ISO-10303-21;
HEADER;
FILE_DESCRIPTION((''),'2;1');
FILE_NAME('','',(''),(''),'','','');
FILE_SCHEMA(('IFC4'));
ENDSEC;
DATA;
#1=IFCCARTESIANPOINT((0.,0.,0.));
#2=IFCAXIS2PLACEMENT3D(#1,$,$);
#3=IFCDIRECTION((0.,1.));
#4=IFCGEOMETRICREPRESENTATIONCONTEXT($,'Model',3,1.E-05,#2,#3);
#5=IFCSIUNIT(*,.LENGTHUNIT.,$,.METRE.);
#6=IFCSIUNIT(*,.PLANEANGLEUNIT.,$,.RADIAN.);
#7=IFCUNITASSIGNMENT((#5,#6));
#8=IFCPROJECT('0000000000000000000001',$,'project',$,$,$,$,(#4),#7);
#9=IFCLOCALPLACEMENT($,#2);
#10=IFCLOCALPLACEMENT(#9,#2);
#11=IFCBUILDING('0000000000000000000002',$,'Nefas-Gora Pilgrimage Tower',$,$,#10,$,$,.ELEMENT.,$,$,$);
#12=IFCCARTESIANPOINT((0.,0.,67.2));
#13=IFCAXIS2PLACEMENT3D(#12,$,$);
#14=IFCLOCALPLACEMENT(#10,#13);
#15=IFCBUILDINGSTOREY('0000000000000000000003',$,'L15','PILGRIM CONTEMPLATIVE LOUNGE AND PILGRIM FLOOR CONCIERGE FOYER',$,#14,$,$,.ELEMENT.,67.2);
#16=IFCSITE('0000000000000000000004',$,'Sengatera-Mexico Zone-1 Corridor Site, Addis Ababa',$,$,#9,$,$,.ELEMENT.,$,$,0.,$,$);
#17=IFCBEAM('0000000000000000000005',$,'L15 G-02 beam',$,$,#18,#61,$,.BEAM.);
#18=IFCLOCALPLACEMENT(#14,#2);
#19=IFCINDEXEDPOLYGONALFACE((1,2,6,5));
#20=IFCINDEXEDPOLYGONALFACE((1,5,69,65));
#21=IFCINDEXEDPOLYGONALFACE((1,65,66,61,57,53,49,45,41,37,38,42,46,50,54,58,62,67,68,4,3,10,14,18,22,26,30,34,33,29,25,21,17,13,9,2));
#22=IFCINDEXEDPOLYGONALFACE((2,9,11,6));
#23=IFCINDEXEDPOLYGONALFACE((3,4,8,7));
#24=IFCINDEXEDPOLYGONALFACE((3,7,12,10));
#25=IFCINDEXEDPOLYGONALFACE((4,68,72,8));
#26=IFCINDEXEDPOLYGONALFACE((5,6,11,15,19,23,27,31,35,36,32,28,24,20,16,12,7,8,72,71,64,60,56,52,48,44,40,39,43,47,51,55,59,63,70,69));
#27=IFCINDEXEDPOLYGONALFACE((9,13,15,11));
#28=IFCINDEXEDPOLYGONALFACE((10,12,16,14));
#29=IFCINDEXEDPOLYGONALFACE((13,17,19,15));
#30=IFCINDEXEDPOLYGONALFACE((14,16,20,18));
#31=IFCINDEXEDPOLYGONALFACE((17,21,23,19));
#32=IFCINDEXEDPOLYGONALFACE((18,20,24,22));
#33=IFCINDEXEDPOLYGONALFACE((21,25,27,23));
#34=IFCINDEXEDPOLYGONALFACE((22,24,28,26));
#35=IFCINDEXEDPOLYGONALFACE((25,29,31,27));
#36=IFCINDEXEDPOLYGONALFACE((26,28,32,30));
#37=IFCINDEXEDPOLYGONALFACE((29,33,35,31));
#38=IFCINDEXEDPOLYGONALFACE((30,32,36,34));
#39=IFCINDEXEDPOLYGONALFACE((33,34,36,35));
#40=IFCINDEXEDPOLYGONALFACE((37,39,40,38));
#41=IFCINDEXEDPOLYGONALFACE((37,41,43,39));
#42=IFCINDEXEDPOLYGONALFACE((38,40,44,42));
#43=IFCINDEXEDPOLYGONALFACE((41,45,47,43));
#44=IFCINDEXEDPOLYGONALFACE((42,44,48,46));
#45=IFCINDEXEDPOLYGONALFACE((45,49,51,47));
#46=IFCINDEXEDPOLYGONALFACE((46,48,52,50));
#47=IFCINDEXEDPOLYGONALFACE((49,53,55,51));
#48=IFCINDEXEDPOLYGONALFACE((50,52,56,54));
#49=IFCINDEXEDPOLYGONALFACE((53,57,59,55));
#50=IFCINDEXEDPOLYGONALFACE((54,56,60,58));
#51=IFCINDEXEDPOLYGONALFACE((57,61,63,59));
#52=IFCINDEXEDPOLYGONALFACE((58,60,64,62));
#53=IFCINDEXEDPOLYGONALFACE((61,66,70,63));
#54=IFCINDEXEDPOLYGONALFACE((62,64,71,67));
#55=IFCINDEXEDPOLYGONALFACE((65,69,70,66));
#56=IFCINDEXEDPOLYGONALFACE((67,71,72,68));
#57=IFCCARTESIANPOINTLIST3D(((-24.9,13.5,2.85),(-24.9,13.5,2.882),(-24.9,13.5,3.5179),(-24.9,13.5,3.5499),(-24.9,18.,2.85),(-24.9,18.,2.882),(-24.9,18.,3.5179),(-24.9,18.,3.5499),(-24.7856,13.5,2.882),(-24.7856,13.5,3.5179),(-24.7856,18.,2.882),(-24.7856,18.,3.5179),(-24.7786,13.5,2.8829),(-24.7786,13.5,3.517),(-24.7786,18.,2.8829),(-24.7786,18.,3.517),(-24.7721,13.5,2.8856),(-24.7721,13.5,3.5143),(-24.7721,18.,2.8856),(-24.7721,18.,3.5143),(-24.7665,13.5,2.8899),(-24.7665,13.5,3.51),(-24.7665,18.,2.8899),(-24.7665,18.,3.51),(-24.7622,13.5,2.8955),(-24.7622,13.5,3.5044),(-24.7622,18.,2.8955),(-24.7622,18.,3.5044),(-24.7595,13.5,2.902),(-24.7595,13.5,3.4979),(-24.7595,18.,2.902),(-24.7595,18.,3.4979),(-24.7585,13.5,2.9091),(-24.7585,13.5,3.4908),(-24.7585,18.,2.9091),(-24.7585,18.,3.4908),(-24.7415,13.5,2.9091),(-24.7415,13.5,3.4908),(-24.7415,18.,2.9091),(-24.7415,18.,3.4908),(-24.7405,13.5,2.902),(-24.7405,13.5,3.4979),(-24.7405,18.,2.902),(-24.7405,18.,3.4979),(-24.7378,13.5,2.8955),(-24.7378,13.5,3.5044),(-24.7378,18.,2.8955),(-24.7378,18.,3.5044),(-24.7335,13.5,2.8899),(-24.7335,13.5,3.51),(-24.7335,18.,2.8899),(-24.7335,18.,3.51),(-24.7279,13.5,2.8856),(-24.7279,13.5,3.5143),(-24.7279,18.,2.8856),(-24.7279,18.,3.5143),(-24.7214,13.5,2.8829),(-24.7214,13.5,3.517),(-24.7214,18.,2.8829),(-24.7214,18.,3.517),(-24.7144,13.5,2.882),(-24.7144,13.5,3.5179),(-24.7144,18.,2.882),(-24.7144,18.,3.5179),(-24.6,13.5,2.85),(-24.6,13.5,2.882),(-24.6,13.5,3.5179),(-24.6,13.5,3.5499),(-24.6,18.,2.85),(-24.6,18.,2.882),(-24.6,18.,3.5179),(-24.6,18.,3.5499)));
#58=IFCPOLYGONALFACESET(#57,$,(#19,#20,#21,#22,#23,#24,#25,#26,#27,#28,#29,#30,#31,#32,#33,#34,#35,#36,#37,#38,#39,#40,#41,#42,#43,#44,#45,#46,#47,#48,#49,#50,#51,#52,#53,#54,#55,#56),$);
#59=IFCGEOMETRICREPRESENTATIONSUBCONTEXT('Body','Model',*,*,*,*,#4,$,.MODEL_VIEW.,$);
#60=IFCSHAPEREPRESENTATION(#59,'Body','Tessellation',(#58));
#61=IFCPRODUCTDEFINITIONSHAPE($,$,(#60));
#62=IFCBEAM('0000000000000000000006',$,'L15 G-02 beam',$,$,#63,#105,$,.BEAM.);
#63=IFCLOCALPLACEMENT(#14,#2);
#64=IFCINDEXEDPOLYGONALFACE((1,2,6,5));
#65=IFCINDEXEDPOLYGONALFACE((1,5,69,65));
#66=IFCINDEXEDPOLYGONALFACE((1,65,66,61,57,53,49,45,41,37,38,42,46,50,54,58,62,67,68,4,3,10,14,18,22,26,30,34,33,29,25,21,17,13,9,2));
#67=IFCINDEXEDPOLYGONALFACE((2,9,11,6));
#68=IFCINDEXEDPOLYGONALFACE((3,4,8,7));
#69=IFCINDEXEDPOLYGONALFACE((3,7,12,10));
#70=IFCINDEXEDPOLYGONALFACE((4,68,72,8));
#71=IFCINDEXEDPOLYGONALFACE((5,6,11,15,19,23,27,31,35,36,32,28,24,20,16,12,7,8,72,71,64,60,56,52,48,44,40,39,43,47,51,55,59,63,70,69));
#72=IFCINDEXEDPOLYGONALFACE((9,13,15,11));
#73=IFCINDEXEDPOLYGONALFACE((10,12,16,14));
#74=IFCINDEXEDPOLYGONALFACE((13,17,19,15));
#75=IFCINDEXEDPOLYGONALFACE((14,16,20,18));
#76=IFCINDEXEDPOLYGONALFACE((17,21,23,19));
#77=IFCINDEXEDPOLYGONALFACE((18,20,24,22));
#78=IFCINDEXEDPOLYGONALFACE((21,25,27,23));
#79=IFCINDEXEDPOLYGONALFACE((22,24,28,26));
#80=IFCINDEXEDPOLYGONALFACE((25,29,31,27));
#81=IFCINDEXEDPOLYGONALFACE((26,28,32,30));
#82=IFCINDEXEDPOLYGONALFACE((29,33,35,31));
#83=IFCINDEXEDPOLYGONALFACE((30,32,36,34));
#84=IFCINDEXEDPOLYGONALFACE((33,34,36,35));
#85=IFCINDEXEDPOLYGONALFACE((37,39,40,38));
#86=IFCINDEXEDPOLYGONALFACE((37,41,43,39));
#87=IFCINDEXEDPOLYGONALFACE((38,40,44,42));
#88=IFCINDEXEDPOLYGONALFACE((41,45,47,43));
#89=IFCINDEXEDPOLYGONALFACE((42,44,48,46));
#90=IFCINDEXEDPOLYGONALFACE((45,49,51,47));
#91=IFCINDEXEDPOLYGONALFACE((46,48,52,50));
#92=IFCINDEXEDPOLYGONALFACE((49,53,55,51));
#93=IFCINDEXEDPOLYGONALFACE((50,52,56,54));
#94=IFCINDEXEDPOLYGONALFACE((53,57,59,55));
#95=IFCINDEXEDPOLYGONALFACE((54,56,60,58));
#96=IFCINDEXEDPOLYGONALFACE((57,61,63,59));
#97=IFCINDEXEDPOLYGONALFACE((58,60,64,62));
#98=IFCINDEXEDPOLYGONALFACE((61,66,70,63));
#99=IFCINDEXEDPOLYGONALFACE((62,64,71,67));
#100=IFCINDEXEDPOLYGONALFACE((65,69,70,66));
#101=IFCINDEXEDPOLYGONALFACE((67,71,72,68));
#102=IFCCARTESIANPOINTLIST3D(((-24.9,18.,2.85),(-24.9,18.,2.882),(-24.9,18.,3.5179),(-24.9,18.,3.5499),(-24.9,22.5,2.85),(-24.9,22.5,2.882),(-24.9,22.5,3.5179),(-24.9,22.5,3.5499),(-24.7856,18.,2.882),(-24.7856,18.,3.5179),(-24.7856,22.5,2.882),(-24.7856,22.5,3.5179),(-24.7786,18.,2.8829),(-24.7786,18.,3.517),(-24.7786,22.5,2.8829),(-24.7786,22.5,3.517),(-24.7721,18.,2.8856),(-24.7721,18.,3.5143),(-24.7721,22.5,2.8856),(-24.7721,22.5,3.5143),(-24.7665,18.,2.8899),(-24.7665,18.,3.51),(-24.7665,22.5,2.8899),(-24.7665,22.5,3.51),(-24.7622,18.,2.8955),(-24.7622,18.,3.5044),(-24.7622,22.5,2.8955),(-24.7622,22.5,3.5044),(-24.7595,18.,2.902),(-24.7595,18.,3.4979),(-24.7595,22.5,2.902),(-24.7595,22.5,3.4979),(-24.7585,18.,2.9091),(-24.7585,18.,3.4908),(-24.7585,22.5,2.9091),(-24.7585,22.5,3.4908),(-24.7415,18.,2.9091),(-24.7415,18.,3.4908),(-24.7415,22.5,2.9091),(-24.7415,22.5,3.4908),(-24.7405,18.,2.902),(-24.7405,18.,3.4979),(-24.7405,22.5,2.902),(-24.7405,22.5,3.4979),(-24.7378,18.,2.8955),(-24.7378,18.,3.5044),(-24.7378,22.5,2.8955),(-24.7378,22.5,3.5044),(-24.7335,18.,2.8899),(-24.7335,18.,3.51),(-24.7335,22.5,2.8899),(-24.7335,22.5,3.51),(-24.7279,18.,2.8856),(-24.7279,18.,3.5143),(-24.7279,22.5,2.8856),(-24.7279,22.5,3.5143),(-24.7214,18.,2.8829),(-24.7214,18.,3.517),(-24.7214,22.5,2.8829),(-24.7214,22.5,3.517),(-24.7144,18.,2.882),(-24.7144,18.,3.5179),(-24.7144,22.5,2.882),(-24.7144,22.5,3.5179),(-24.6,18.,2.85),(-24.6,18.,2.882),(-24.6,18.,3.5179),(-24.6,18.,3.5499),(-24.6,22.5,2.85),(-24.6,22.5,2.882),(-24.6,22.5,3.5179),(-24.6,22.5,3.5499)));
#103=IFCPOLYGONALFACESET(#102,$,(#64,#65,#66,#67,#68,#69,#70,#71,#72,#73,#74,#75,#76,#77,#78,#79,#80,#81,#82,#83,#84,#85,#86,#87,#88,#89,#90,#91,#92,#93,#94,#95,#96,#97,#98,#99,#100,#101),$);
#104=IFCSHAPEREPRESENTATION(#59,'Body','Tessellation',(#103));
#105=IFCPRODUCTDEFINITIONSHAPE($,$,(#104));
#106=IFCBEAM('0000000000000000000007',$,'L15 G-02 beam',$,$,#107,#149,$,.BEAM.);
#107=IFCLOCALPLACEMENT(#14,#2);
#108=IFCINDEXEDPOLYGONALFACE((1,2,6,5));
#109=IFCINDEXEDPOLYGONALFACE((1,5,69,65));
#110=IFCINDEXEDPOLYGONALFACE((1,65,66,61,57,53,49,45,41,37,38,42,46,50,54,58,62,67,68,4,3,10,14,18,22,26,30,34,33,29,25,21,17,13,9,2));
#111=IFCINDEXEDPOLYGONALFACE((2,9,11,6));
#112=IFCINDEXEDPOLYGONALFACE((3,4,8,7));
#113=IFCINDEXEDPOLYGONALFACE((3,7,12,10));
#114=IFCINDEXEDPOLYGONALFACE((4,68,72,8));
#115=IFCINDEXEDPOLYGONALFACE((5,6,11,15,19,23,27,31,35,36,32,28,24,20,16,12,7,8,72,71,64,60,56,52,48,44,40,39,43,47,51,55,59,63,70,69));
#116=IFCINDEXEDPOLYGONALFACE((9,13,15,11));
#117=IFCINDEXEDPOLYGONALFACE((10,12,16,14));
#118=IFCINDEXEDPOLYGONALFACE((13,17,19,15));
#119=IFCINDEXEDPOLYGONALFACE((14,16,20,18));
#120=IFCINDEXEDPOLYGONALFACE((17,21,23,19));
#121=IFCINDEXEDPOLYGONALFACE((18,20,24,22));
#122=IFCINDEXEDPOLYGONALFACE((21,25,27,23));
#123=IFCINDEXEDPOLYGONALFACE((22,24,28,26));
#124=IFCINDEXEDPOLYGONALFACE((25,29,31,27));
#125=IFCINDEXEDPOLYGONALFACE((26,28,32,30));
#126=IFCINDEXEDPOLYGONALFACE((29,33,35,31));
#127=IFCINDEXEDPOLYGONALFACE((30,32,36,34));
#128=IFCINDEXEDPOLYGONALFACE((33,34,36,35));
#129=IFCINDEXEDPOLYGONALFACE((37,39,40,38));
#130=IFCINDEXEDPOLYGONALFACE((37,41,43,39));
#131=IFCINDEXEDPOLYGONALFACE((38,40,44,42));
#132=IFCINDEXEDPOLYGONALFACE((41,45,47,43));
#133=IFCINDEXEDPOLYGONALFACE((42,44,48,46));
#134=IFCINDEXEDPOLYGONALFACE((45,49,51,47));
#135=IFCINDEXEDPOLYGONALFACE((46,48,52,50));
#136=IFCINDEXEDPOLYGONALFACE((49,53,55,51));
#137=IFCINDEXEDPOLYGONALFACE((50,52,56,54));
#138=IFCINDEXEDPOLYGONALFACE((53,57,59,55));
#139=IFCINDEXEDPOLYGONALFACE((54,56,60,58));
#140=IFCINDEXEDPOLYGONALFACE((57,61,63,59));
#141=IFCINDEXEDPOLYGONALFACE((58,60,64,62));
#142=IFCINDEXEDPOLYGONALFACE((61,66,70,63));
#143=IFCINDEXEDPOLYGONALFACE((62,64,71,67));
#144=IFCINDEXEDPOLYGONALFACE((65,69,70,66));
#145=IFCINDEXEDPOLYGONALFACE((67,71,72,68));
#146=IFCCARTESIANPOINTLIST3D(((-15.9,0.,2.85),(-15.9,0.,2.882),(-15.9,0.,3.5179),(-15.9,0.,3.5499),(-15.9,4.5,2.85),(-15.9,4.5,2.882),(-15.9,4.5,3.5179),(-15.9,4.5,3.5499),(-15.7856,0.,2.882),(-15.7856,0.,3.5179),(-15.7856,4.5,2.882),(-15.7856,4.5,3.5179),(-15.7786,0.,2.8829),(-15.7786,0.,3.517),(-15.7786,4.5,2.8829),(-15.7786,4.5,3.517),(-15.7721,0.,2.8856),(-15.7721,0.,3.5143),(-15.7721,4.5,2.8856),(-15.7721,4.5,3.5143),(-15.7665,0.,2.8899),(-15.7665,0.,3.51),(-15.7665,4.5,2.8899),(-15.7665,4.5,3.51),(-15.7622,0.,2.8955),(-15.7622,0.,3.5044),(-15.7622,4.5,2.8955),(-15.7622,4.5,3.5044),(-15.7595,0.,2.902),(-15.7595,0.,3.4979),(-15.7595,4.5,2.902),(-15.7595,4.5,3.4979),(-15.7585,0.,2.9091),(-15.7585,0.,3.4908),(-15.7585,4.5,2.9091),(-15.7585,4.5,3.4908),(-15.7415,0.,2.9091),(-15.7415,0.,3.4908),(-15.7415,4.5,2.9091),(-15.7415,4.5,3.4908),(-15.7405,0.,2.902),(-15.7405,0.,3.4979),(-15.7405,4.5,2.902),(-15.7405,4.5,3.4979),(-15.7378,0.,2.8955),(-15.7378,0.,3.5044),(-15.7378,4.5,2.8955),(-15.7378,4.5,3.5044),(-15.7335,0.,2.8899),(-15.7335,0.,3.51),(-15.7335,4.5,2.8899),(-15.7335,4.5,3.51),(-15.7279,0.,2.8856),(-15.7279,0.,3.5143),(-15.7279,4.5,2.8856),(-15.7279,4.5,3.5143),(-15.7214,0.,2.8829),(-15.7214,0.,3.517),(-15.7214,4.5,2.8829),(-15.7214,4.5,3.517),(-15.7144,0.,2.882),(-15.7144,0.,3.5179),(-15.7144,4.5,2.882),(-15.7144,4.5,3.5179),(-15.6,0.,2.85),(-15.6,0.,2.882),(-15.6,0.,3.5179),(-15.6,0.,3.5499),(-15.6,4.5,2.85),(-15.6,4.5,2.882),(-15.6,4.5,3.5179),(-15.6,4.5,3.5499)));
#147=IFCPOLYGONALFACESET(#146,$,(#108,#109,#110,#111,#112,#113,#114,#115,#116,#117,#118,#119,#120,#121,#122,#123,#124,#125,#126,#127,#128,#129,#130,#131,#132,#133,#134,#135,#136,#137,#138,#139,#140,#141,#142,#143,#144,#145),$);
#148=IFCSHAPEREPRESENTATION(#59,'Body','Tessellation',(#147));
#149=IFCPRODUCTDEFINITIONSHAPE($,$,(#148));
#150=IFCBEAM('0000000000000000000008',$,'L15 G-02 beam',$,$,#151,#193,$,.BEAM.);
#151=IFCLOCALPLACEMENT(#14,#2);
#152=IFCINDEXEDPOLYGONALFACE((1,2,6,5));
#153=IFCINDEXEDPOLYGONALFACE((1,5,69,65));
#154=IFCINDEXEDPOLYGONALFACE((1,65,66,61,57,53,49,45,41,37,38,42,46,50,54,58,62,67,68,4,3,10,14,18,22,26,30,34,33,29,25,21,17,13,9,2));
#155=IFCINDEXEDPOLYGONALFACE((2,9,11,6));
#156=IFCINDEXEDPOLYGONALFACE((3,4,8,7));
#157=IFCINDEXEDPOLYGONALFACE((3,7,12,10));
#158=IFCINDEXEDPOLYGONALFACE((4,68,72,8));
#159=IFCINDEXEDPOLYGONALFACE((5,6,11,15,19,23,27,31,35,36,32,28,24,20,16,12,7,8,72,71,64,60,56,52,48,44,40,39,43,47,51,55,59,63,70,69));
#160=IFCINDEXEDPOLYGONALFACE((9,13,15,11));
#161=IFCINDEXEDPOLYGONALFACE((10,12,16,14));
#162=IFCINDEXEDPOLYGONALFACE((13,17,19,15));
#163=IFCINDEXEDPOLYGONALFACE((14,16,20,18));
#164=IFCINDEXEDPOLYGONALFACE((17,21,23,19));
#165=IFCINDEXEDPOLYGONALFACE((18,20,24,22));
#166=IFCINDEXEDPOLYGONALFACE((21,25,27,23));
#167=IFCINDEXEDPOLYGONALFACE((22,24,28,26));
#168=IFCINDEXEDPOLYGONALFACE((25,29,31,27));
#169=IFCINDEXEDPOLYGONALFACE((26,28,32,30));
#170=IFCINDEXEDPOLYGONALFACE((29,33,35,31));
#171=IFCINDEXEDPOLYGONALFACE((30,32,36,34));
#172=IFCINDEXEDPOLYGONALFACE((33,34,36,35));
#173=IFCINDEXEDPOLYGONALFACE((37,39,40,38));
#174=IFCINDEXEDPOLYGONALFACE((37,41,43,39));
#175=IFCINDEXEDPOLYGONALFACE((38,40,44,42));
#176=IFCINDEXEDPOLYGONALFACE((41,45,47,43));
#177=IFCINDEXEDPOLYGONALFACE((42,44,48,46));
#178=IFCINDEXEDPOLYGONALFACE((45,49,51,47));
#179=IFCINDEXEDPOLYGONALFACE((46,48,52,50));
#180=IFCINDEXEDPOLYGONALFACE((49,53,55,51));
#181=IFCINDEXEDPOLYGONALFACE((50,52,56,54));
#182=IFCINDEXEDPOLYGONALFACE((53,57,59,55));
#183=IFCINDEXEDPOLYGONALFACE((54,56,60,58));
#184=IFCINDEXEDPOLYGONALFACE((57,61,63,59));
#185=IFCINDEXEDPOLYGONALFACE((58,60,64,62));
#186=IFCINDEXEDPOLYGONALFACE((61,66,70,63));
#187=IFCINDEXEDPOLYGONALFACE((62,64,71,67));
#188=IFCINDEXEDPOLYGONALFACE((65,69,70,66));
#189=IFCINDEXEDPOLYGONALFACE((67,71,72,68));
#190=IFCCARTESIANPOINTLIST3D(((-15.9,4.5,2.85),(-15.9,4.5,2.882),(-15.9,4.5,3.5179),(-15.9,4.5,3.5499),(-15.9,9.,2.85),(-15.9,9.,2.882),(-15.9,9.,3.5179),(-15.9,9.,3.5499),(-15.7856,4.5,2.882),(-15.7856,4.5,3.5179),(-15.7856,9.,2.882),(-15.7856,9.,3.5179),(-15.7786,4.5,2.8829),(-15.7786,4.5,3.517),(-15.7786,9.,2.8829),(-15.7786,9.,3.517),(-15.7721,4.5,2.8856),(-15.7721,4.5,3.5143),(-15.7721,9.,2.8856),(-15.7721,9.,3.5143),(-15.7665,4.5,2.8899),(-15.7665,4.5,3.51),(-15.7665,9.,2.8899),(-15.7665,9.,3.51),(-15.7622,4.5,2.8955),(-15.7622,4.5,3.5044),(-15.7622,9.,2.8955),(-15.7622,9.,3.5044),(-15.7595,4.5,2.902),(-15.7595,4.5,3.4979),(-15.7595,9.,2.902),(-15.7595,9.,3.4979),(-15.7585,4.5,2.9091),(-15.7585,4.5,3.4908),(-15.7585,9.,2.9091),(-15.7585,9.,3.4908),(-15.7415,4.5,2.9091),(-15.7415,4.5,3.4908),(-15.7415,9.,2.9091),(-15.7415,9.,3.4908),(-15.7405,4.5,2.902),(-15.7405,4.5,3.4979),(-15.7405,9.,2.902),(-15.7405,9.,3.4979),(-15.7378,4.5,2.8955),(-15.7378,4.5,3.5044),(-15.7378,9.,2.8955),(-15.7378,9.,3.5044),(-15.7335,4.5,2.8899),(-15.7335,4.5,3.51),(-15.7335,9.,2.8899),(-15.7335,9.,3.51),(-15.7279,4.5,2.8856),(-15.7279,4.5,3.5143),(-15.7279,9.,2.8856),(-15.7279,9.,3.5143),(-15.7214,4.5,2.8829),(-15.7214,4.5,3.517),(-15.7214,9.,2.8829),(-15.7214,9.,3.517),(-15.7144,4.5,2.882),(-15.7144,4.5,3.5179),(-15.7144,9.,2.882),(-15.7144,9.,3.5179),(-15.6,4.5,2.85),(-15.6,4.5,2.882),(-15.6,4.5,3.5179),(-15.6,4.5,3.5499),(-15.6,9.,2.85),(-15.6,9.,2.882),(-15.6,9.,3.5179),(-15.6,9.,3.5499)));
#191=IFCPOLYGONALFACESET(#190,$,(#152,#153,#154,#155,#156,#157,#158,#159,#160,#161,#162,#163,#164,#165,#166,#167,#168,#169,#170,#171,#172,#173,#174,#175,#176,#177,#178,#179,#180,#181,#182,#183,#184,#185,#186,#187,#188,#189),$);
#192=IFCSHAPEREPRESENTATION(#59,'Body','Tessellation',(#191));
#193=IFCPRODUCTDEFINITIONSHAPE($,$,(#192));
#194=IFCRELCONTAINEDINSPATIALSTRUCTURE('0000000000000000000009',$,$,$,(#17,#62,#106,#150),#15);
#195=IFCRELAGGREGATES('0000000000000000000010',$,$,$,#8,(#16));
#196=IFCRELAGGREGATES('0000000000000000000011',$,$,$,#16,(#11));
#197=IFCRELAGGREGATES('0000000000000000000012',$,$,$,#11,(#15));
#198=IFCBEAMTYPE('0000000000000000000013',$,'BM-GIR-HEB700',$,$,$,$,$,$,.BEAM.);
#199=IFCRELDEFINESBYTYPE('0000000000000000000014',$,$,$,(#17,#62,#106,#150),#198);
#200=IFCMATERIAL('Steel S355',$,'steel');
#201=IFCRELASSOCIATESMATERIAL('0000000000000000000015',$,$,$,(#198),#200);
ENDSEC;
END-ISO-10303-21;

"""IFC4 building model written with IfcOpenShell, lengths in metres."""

from ifc_helpers import new_model, si_unit, direction, frame, origin, origin_2d, place, context, subcontext, project, spatial, i_section, extrude, source, transform, mapped, material, material_profile, profile_set, type_object, element, save


model = new_model("IFC4")

# Units and contexts
model_context = context("Model", 3, precision=1e-05, world=origin(), true_north=direction((0.0, 1.0)))
body_context = subcontext(model_context, "Body", "Model", "MODEL_VIEW")
ifc_project = project(units=[si_unit("LENGTHUNIT", "METRE"), si_unit("PLANEANGLEUNIT", "RADIAN")], contexts=[model_context])

# Site, building, storey
site_placement = place(None, origin())
site = spatial("IfcSite", under=ifc_project, at=site_placement, Name="Sengatera-Mexico Zone-1 Corridor Site, Addis Ababa", CompositionType="ELEMENT", RefElevation=0.0)
building_placement = place(site_placement, origin())
building = spatial("IfcBuilding", under=site, at=building_placement, Name="Nefas-Gora Pilgrimage Tower", CompositionType="ELEMENT")
storey_placement = place(building_placement, frame((0.0, 0.0, 67.2)))
storey = spatial("IfcBuildingStorey", under=building, at=storey_placement, Name="L15", Description="PILGRIM CONTEMPLATIVE LOUNGE AND PILGRIM FLOOR CONCIERGE FOYER", CompositionType="ELEMENT", Elevation=67.2)

# Beams
ifc_material_1 = material(Name="Steel S355", Category="steel")
ifc_material_profile_1 = material_profile(ifc_material_1, i_section(OverallWidth=0.3, OverallDepth=0.7, WebThickness=0.0171, FlangeThickness=0.032, FilletRadius=0.0271, at=origin_2d()), Name="HEB 700")
ifc_profile_set_1 = profile_set([ifc_material_profile_1], Name="Steel S355")
beam_type_1 = type_object("IfcBeamType", Name="BM-GIR-HEB700", PredefinedType="BEAM", material=ifc_profile_set_1)
shared_shape_1 = source(origin(), body_context, "Body", "SweptSolid", [
    extrude(i_section(OverallWidth=0.3, OverallDepth=0.7, WebThickness=0.0171, FlangeThickness=0.032, FilletRadius=0.0271, at=origin_2d()), origin(), (0.0, 0.0, 1.0), 4.5),
])
for number, where, z_axis, x_axis, name in (
    (1, (-24.75, 13.5, 3.2), (0.0, 1.0, 0.0), (-1.0, 0.0, 0.0), "L15 G-02 beam"),
    (2, (-24.75, 18.0, 3.2), (0.0, 1.0, 0.0), (-1.0, 0.0, 0.0), "L15 G-02 beam"),
    (3, (-15.75, 0.0, 3.2), (0.0, 1.0, 0.0), (-1.0, 0.0, 0.0), "L15 G-02 beam"),
    (4, (-15.75, 4.5, 3.2), (0.0, 1.0, 0.0), (-1.0, 0.0, 0.0), "L15 G-02 beam"),
):
    element("IfcBeam", number, at=place(storey_placement, frame(where, z_axis=z_axis, x_axis=x_axis)), inside=storey, type_object=beam_type_1, Name=name, PredefinedType="BEAM", context=body_context, shape_type="MappedRepresentation", body=[
        mapped(shared_shape_1, transform((0.0, 0.0, 0.0), x_axis=(1.0, 0.0, 0.0), y_axis=(0.0, 1.0, 0.0), z_axis=(0.0, 0.0, 1.0), scale=1.0)),
    ])

save(model, "model.ifc")
